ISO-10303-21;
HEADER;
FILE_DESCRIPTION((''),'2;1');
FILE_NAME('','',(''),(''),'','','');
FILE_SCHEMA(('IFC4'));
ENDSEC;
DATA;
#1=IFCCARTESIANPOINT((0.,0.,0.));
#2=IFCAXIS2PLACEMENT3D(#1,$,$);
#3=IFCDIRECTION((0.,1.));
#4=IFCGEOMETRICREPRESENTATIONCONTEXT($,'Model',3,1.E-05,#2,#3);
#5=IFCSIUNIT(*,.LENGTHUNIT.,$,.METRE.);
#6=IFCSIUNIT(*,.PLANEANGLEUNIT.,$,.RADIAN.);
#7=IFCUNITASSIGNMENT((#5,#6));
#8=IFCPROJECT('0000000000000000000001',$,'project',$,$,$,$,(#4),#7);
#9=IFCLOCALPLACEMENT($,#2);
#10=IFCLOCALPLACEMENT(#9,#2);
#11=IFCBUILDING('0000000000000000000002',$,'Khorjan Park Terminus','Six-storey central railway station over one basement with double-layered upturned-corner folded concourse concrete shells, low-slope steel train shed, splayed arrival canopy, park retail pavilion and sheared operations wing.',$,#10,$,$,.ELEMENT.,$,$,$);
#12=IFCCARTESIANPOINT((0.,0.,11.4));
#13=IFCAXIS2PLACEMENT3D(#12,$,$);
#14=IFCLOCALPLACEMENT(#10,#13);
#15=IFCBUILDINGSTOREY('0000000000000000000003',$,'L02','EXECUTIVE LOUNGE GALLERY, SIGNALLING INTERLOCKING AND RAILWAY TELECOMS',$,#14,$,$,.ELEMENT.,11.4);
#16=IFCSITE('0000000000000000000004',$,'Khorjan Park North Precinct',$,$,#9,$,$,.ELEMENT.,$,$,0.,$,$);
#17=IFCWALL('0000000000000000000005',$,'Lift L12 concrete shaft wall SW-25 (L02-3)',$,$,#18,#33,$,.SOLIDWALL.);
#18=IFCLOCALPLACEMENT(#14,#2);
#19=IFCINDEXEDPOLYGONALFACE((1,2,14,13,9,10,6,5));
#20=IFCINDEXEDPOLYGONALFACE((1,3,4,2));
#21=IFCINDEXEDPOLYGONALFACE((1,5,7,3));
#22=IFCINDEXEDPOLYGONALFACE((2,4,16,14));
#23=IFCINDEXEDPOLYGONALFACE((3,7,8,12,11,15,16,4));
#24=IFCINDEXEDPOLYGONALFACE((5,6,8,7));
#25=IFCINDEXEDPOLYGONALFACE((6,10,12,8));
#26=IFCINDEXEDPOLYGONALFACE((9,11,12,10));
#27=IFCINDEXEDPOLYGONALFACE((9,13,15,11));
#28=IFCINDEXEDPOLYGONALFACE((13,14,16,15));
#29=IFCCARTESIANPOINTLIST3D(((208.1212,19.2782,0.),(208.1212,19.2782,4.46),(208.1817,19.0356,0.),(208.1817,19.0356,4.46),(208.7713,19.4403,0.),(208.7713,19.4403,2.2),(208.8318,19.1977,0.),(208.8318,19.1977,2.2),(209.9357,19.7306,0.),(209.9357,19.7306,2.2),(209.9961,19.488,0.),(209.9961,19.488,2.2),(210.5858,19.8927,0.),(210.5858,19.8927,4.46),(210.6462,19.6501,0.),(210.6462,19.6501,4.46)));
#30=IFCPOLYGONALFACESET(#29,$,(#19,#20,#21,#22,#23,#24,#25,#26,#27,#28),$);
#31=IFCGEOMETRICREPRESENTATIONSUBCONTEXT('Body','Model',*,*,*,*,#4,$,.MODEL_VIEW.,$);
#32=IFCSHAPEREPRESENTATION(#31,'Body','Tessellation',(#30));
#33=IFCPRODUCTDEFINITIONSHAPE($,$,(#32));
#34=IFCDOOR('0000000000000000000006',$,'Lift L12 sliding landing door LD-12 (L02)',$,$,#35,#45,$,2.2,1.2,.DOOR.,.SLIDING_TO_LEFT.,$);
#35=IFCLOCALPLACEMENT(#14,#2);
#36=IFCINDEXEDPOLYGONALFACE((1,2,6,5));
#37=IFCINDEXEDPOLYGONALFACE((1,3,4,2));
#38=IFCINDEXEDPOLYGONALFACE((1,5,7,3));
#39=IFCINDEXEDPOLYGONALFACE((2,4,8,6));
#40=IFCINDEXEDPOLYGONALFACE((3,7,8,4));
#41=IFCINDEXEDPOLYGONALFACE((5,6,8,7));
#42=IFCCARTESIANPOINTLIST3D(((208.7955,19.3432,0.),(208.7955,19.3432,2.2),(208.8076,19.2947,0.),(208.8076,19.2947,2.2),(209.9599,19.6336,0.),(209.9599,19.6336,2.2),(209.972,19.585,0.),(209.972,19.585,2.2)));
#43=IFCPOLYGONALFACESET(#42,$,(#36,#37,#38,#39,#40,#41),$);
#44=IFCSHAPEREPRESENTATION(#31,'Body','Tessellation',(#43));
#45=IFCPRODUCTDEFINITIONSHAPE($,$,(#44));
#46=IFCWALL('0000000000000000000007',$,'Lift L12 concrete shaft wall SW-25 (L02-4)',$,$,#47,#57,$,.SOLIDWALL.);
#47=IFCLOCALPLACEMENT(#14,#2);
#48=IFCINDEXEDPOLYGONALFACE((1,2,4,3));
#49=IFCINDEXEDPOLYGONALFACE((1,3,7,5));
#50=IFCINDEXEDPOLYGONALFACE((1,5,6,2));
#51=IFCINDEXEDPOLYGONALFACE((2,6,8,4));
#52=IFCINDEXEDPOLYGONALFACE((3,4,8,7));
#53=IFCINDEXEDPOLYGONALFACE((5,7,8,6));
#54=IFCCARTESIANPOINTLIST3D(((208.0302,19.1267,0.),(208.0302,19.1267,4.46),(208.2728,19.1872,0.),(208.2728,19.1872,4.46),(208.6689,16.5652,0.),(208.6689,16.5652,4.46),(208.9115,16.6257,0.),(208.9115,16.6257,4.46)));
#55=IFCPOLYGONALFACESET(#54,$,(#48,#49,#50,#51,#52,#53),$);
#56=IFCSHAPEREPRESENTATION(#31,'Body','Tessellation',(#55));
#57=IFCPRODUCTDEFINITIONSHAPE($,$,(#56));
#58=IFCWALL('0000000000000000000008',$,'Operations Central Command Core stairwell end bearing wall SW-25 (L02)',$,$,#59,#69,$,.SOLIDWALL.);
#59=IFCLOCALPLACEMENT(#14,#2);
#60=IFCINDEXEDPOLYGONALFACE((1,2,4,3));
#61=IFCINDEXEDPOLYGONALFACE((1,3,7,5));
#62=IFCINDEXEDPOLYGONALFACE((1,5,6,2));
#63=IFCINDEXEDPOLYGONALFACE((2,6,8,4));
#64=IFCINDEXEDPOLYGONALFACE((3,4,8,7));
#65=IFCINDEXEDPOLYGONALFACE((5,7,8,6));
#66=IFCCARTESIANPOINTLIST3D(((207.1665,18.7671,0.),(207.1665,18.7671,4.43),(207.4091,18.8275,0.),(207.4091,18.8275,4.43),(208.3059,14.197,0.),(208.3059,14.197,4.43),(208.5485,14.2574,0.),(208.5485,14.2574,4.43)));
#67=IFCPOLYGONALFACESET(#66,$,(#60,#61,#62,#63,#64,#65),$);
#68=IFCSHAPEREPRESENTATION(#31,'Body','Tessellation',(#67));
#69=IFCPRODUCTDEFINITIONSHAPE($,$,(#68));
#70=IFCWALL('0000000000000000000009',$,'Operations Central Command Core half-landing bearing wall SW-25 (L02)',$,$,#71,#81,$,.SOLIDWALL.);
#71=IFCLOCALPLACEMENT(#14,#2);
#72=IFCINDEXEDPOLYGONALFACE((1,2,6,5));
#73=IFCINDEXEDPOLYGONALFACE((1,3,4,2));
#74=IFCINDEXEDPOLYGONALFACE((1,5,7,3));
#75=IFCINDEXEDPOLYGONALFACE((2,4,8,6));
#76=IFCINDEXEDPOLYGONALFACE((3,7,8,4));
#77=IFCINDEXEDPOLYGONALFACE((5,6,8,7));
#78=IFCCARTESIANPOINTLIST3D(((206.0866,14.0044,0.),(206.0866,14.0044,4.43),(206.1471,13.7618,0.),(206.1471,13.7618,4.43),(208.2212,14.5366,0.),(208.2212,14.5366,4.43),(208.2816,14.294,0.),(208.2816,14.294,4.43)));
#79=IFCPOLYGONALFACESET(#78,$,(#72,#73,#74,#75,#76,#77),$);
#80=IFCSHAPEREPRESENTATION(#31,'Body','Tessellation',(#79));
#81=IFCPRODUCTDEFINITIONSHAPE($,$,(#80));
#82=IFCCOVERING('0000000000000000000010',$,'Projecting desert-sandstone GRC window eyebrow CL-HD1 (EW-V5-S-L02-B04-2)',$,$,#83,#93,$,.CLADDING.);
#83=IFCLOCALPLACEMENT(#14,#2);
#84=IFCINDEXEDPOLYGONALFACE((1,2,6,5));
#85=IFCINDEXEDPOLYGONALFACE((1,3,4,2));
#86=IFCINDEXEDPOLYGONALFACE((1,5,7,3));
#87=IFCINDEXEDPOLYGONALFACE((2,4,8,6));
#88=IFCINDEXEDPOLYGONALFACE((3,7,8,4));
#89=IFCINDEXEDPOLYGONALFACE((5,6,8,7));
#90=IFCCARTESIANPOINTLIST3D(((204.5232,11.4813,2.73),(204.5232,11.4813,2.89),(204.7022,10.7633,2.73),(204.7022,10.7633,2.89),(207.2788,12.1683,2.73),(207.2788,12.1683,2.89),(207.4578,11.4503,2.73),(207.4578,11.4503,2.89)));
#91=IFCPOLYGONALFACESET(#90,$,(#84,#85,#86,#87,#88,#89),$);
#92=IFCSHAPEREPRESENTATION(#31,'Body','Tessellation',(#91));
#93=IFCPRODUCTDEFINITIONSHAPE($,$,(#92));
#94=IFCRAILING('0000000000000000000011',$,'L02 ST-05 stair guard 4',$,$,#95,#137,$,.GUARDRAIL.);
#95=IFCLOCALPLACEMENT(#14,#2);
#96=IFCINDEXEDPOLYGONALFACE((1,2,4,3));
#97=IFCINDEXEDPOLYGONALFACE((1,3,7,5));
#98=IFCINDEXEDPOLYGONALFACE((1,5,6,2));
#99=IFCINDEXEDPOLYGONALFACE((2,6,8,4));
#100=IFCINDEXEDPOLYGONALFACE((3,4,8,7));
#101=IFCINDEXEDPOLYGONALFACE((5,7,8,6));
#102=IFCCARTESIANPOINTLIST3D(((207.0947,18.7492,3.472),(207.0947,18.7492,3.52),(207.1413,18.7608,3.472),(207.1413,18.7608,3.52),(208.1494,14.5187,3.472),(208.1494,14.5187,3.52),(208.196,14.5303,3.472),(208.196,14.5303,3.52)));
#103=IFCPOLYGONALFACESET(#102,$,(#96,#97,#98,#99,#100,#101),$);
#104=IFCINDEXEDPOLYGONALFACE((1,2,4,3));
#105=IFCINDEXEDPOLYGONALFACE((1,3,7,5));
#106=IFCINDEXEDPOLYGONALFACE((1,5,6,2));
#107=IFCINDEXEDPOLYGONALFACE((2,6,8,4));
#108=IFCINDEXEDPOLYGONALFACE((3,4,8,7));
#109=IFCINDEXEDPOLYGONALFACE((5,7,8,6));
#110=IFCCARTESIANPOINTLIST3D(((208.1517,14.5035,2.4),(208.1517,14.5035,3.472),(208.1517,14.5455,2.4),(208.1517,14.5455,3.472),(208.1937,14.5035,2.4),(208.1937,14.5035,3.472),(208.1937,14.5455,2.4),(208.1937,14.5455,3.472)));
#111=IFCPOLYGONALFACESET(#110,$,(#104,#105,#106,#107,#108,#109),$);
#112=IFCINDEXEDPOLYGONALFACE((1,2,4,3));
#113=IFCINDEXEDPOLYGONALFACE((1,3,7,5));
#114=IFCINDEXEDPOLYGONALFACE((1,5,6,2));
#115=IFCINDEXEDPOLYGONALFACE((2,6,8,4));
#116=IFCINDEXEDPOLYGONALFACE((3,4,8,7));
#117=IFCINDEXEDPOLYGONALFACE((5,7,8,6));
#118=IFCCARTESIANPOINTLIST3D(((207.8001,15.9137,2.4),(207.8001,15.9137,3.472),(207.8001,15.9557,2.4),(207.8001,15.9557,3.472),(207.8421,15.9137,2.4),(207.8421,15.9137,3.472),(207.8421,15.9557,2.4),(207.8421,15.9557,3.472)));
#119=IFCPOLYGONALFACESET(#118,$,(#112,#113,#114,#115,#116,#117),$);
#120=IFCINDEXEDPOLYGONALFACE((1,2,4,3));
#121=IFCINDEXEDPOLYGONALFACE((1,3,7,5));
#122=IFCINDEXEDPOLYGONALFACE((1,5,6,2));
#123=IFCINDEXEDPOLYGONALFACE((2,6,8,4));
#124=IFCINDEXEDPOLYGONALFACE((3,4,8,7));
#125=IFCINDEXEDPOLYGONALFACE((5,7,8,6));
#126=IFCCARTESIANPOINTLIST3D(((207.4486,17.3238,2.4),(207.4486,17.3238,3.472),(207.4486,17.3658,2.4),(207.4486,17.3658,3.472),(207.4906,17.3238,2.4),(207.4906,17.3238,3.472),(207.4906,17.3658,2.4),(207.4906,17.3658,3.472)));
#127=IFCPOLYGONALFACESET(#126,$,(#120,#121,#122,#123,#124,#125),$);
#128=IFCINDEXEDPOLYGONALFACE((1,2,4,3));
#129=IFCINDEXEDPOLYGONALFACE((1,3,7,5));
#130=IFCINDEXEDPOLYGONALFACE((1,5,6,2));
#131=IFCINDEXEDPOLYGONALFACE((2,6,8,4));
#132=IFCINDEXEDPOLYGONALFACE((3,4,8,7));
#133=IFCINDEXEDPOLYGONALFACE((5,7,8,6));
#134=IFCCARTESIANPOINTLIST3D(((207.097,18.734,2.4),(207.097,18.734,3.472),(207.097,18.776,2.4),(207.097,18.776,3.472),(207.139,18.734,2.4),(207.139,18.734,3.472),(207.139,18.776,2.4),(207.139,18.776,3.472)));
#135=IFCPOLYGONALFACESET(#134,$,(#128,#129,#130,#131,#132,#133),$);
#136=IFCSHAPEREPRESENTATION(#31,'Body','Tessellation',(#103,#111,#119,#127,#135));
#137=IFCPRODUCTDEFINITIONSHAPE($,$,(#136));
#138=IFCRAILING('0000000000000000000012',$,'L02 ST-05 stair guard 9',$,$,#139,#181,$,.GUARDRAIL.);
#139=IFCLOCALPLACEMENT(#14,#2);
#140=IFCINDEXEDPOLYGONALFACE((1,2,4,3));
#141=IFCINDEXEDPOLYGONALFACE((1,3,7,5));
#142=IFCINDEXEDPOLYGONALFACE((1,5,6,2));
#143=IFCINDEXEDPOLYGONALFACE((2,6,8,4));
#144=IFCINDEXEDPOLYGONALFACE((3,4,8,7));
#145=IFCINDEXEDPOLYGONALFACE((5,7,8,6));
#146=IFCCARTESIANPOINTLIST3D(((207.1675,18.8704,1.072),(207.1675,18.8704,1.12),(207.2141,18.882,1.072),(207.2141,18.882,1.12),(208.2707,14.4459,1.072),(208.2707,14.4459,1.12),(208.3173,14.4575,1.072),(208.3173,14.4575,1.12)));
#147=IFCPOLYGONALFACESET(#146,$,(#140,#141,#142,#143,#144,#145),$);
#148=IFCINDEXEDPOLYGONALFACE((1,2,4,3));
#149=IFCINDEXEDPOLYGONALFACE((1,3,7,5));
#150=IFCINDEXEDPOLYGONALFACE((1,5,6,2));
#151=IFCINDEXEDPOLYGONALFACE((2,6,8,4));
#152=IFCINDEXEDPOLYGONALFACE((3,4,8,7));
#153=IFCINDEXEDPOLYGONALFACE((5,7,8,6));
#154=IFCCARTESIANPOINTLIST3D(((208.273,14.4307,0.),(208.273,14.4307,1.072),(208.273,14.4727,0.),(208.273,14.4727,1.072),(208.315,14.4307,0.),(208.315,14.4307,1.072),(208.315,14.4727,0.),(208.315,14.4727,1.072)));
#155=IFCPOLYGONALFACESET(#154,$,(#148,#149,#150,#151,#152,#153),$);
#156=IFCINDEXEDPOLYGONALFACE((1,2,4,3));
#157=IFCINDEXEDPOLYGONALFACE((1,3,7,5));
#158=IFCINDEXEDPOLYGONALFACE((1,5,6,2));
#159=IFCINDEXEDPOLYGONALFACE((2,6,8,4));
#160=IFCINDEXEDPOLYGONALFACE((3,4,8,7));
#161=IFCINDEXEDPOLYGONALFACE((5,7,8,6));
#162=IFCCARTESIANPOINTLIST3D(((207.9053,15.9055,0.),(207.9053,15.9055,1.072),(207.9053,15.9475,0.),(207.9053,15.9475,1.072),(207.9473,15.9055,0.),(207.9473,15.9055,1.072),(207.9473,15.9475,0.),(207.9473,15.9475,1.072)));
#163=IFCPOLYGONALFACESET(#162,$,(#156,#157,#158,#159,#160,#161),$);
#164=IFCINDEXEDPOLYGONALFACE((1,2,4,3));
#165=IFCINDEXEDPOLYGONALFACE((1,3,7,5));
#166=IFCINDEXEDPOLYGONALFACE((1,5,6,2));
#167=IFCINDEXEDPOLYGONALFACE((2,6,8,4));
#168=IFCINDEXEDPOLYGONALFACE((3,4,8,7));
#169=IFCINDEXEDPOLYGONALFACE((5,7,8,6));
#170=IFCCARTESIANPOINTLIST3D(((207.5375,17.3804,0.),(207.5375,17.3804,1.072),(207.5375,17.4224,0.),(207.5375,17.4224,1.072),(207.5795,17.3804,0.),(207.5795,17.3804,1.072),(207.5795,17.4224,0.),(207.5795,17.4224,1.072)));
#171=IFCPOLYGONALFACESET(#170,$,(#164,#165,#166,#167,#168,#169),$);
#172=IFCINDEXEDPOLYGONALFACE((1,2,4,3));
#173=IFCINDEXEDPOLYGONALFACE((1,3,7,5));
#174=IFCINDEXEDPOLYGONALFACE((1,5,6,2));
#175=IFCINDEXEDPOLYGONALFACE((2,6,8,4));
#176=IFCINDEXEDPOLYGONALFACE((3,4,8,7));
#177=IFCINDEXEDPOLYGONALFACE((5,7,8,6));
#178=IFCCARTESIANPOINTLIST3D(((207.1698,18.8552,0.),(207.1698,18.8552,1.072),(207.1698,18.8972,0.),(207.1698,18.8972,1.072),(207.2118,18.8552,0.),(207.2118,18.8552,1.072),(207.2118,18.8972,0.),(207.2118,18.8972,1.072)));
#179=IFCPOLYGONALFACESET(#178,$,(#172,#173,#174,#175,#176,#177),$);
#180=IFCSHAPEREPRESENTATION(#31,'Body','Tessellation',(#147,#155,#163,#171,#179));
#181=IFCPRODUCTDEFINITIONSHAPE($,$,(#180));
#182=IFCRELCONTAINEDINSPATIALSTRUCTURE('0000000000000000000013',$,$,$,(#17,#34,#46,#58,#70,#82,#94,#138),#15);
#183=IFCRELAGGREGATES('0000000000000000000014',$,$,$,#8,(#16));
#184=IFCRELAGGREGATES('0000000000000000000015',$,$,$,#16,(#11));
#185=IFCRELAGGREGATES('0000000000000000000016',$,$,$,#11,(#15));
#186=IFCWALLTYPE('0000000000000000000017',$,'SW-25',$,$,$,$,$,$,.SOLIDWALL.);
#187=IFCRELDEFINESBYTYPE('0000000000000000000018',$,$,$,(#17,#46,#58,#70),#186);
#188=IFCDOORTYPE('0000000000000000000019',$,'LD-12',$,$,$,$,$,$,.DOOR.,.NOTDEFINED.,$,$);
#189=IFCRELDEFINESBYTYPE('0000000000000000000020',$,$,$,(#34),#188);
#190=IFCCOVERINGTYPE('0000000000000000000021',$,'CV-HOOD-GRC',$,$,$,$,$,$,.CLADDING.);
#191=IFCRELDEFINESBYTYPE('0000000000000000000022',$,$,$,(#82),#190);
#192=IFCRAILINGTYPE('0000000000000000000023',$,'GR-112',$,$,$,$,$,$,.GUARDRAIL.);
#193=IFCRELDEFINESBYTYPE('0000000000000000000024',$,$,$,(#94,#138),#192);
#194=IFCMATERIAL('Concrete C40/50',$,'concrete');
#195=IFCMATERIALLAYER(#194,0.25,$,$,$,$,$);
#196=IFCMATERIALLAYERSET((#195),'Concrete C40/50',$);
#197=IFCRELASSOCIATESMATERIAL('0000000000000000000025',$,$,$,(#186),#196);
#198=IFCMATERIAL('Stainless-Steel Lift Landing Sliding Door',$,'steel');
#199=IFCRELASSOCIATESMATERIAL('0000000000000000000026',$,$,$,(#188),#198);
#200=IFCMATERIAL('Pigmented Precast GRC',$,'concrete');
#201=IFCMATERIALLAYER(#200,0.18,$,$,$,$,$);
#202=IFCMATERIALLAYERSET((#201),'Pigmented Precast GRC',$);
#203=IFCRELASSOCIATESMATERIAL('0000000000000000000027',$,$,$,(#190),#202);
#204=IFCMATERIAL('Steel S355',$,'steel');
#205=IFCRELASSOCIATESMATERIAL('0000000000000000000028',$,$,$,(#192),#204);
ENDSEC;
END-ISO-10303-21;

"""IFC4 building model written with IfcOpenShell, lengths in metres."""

from ifc_helpers import new_model, si_unit, direction, frame, frame_2d, origin, origin_2d, place, context, subcontext, project, spatial, rectangle, extrude, material, layer, layer_set, type_object, element, fill, save


model = new_model("IFC4")

# Units and contexts
model_context = context("Model", 3, precision=1e-05, world=origin(), true_north=direction((0.0, 1.0)))
body_context = subcontext(model_context, "Body", "Model", "MODEL_VIEW")
ifc_project = project(units=[si_unit("LENGTHUNIT", "METRE"), si_unit("PLANEANGLEUNIT", "RADIAN")], contexts=[model_context])

# Site, building, storey
site_placement = place(None, origin())
site = spatial("IfcSite", under=ifc_project, at=site_placement, Name="Khorjan Park North Precinct", CompositionType="ELEMENT", RefElevation=0.0)
building_placement = place(site_placement, origin())
building = spatial("IfcBuilding", under=site, at=building_placement, Name="Khorjan Park Terminus", Description="Six-storey central railway station over one basement with double-layered upturned-corner folded concourse concrete shells, low-slope steel train shed, splayed arrival canopy, park retail pavilion and sheared operations wing.", CompositionType="ELEMENT")
storey_placement = place(building_placement, frame((0.0, 0.0, 11.4)))
storey = spatial("IfcBuildingStorey", under=building, at=storey_placement, Name="L02", Description="EXECUTIVE LOUNGE GALLERY, SIGNALLING INTERLOCKING AND RAILWAY TELECOMS", CompositionType="ELEMENT", Elevation=11.4)

# Shared definitions
ifc_material_1 = material(Name="Steel S355", Category="steel")

# Shared definitions
ifc_material_2 = material(Name="Concrete C40/50", Category="concrete")
ifc_layer_1 = layer(ifc_material_2, 0.25)
ifc_layer_set_1 = layer_set([ifc_layer_1], Name="Concrete C40/50")
wall_type = type_object("IfcWallType", Name="SW-25", PredefinedType="SOLIDWALL", material=ifc_layer_set_1)

# Wall, opening, door
wall_1_placement = place(storey_placement, frame((210.616, 19.7714, 0.0), z_axis=(0.0, 0.0, 1.0), x_axis=(-0.970293, -0.241933, 0.0)))
wall_1 = element("IfcWall", 1, at=wall_1_placement, inside=storey, type_object=wall_type, Name="Lift L12 concrete shaft wall SW-25 (L02-3)", PredefinedType="SOLIDWALL", context=body_context, shape_type="SweptSolid", body=[
    extrude(rectangle(XDim=2.54, YDim=0.25, at=frame_2d((1.27, 0.0))), origin(), (0.0, 0.0, 1.0), 4.46),
])
opening_placement = place(wall_1_placement, frame((0.67, 0.0, 0.0)))
opening = element("IfcOpeningElement", 2, at=opening_placement, cuts=wall_1, PredefinedType="OPENING", context=body_context, shape_type="SweptSolid", body=[
    extrude(rectangle(XDim=1.2, YDim=2.2, at=frame_2d((0.6, 1.1))), frame((0.0, 0.135, 0.0), z_axis=(0.0, -1.0, 0.0), x_axis=(1.0, 0.0, 0.0)), (0.0, 0.0, 1.0), 0.27),
])
ifc_material_3 = material(Name="Stainless-Steel Lift Landing Sliding Door", Category="steel")
door_type = type_object("IfcDoorType", Name="LD-12", OperationType="NOTDEFINED", PredefinedType="DOOR", material=ifc_material_3)
door_placement = place(opening_placement, origin())
door = element("IfcDoor", 3, at=door_placement, inside=storey, type_object=door_type, Name="Lift L12 sliding landing door LD-12 (L02)", OperationType="SLIDING_TO_LEFT", OverallHeight=2.2, OverallWidth=1.2, PredefinedType="DOOR", context=body_context, shape_type="SweptSolid", body=[
    extrude(rectangle(XDim=1.2, YDim=2.2, at=frame_2d((0.6, 1.1))), frame((0.0, 0.025, 0.0), z_axis=(0.0, -1.0, 0.0), x_axis=(1.0, 0.0, 0.0)), (0.0, 0.0, 1.0), 0.05),
])
fill(opening, door)

# Walls
wall_2_placement = place(storey_placement, frame((208.1515, 19.1569, 0.0), z_axis=(0.0, 0.0, 1.0), x_axis=(0.241938, -0.970292, 0.0)))
element("IfcWall", 4, at=wall_2_placement, inside=storey, type_object=wall_type, Name="Lift L12 concrete shaft wall SW-25 (L02-4)", PredefinedType="SOLIDWALL", context=body_context, shape_type="SweptSolid", body=[
    extrude(rectangle(XDim=2.6399, YDim=0.25, at=frame_2d((1.3199, 0.0))), origin(), (0.0, 0.0, 1.0), 4.46),
])
wall_3_placement = place(storey_placement, frame((208.4272, 14.2272, 0.0), z_axis=(0.0, 0.0, 1.0), x_axis=(-0.241911, 0.970298, 0.0)))
element("IfcWall", 5, at=wall_3_placement, inside=storey, type_object=wall_type, Name="Operations Central Command Core stairwell end bearing wall SW-25 (L02)", PredefinedType="SOLIDWALL", context=body_context, shape_type="SweptSolid", body=[
    extrude(rectangle(XDim=4.71, YDim=0.25, at=frame_2d((2.355, 0.0))), origin(), (0.0, 0.0, 1.0), 4.43),
])
wall_4_placement = place(storey_placement, frame((206.1169, 13.8831, 0.0), z_axis=(0.0, 0.0, 1.0), x_axis=(0.970297, 0.241915, 0.0)))
element("IfcWall", 6, at=wall_4_placement, inside=storey, type_object=wall_type, Name="Operations Central Command Core half-landing bearing wall SW-25 (L02)", PredefinedType="SOLIDWALL", context=body_context, shape_type="SweptSolid", body=[
    extrude(rectangle(XDim=2.1999, YDim=0.25, at=frame_2d((1.0999, 0.0))), origin(), (0.0, 0.0, 1.0), 4.43),
])

# Covering
ifc_material_4 = material(Name="Pigmented Precast GRC", Category="concrete")
ifc_layer_2 = layer(ifc_material_4, 0.18)
ifc_layer_set_2 = layer_set([ifc_layer_2], Name="Pigmented Precast GRC")
covering_type = type_object("IfcCoveringType", Name="CV-HOOD-GRC", PredefinedType="CLADDING", material=ifc_layer_set_2)
covering_placement = place(storey_placement, frame((205.9905, 11.4658, 2.73), z_axis=(0.0, 0.0, 1.0), x_axis=(0.970294, 0.24193, 0.0)))
element("IfcCovering", 7, at=covering_placement, inside=storey, type_object=covering_type, Name="Projecting desert-sandstone GRC window eyebrow CL-HD1 (EW-V5-S-L02-B04-2)", PredefinedType="CLADDING", context=body_context, shape_type="SweptSolid", body=[
    extrude(rectangle(XDim=2.84, YDim=0.74, at=origin_2d()), origin(), (0.0, 0.0, 1.0), 0.16),
])

# Railings
railing_type = type_object("IfcRailingType", Name="GR-112", PredefinedType="GUARDRAIL", material=ifc_material_1)
railing_1_placement = place(storey_placement, frame((208.1727, 14.5245, 2.4)))
element("IfcRailing", 8, at=railing_1_placement, inside=storey, type_object=railing_type, Name="L02 ST-05 stair guard 4", PredefinedType="GUARDRAIL", context=body_context, shape_type="SweptSolid", body=[
    extrude(rectangle(XDim=0.048, YDim=0.048, at=origin_2d()), frame((0.0, 0.0, 1.096), z_axis=(-0.241904, 0.9703, 0.0), x_axis=(-0.9703, -0.241904, 0.0)), (0.0, 0.0, 1.0), 4.36),
    extrude(rectangle(XDim=0.042, YDim=0.042, at=origin_2d()), origin(), (0.0, 0.0, 1.0), 1.072),
    extrude(rectangle(XDim=0.042, YDim=0.042, at=origin_2d()), frame((-0.3516, 1.4102, 0.0)), (0.0, 0.0, 1.0), 1.072),
    extrude(rectangle(XDim=0.042, YDim=0.042, at=origin_2d()), frame((-0.7031, 2.8203, 0.0)), (0.0, 0.0, 1.0), 1.072),
    extrude(rectangle(XDim=0.042, YDim=0.042, at=origin_2d()), frame((-1.0547, 4.2305, 0.0)), (0.0, 0.0, 1.0), 1.072),
])
railing_2_placement = place(storey_placement, frame((208.294, 14.4517, 0.0)))
element("IfcRailing", 9, at=railing_2_placement, inside=storey, type_object=railing_type, Name="L02 ST-05 stair guard 9", PredefinedType="GUARDRAIL", context=body_context, shape_type="SweptSolid", body=[
    extrude(rectangle(XDim=0.048, YDim=0.048, at=origin_2d()), frame((0.0, 0.0, 1.096), z_axis=(-0.241932, 0.970293, 0.0), x_axis=(-0.970293, -0.241932, 0.0)), (0.0, 0.0, 1.0), 4.56),
    extrude(rectangle(XDim=0.042, YDim=0.042, at=origin_2d()), origin(), (0.0, 0.0, 1.0), 1.072),
    extrude(rectangle(XDim=0.042, YDim=0.042, at=origin_2d()), frame((-0.3677, 1.4748, 0.0)), (0.0, 0.0, 1.0), 1.072),
    extrude(rectangle(XDim=0.042, YDim=0.042, at=origin_2d()), frame((-0.7355, 2.9497, 0.0)), (0.0, 0.0, 1.0), 1.072),
    extrude(rectangle(XDim=0.042, YDim=0.042, at=origin_2d()), frame((-1.1032, 4.4245, 0.0)), (0.0, 0.0, 1.0), 1.072),
])

save(model, "model.ifc")
